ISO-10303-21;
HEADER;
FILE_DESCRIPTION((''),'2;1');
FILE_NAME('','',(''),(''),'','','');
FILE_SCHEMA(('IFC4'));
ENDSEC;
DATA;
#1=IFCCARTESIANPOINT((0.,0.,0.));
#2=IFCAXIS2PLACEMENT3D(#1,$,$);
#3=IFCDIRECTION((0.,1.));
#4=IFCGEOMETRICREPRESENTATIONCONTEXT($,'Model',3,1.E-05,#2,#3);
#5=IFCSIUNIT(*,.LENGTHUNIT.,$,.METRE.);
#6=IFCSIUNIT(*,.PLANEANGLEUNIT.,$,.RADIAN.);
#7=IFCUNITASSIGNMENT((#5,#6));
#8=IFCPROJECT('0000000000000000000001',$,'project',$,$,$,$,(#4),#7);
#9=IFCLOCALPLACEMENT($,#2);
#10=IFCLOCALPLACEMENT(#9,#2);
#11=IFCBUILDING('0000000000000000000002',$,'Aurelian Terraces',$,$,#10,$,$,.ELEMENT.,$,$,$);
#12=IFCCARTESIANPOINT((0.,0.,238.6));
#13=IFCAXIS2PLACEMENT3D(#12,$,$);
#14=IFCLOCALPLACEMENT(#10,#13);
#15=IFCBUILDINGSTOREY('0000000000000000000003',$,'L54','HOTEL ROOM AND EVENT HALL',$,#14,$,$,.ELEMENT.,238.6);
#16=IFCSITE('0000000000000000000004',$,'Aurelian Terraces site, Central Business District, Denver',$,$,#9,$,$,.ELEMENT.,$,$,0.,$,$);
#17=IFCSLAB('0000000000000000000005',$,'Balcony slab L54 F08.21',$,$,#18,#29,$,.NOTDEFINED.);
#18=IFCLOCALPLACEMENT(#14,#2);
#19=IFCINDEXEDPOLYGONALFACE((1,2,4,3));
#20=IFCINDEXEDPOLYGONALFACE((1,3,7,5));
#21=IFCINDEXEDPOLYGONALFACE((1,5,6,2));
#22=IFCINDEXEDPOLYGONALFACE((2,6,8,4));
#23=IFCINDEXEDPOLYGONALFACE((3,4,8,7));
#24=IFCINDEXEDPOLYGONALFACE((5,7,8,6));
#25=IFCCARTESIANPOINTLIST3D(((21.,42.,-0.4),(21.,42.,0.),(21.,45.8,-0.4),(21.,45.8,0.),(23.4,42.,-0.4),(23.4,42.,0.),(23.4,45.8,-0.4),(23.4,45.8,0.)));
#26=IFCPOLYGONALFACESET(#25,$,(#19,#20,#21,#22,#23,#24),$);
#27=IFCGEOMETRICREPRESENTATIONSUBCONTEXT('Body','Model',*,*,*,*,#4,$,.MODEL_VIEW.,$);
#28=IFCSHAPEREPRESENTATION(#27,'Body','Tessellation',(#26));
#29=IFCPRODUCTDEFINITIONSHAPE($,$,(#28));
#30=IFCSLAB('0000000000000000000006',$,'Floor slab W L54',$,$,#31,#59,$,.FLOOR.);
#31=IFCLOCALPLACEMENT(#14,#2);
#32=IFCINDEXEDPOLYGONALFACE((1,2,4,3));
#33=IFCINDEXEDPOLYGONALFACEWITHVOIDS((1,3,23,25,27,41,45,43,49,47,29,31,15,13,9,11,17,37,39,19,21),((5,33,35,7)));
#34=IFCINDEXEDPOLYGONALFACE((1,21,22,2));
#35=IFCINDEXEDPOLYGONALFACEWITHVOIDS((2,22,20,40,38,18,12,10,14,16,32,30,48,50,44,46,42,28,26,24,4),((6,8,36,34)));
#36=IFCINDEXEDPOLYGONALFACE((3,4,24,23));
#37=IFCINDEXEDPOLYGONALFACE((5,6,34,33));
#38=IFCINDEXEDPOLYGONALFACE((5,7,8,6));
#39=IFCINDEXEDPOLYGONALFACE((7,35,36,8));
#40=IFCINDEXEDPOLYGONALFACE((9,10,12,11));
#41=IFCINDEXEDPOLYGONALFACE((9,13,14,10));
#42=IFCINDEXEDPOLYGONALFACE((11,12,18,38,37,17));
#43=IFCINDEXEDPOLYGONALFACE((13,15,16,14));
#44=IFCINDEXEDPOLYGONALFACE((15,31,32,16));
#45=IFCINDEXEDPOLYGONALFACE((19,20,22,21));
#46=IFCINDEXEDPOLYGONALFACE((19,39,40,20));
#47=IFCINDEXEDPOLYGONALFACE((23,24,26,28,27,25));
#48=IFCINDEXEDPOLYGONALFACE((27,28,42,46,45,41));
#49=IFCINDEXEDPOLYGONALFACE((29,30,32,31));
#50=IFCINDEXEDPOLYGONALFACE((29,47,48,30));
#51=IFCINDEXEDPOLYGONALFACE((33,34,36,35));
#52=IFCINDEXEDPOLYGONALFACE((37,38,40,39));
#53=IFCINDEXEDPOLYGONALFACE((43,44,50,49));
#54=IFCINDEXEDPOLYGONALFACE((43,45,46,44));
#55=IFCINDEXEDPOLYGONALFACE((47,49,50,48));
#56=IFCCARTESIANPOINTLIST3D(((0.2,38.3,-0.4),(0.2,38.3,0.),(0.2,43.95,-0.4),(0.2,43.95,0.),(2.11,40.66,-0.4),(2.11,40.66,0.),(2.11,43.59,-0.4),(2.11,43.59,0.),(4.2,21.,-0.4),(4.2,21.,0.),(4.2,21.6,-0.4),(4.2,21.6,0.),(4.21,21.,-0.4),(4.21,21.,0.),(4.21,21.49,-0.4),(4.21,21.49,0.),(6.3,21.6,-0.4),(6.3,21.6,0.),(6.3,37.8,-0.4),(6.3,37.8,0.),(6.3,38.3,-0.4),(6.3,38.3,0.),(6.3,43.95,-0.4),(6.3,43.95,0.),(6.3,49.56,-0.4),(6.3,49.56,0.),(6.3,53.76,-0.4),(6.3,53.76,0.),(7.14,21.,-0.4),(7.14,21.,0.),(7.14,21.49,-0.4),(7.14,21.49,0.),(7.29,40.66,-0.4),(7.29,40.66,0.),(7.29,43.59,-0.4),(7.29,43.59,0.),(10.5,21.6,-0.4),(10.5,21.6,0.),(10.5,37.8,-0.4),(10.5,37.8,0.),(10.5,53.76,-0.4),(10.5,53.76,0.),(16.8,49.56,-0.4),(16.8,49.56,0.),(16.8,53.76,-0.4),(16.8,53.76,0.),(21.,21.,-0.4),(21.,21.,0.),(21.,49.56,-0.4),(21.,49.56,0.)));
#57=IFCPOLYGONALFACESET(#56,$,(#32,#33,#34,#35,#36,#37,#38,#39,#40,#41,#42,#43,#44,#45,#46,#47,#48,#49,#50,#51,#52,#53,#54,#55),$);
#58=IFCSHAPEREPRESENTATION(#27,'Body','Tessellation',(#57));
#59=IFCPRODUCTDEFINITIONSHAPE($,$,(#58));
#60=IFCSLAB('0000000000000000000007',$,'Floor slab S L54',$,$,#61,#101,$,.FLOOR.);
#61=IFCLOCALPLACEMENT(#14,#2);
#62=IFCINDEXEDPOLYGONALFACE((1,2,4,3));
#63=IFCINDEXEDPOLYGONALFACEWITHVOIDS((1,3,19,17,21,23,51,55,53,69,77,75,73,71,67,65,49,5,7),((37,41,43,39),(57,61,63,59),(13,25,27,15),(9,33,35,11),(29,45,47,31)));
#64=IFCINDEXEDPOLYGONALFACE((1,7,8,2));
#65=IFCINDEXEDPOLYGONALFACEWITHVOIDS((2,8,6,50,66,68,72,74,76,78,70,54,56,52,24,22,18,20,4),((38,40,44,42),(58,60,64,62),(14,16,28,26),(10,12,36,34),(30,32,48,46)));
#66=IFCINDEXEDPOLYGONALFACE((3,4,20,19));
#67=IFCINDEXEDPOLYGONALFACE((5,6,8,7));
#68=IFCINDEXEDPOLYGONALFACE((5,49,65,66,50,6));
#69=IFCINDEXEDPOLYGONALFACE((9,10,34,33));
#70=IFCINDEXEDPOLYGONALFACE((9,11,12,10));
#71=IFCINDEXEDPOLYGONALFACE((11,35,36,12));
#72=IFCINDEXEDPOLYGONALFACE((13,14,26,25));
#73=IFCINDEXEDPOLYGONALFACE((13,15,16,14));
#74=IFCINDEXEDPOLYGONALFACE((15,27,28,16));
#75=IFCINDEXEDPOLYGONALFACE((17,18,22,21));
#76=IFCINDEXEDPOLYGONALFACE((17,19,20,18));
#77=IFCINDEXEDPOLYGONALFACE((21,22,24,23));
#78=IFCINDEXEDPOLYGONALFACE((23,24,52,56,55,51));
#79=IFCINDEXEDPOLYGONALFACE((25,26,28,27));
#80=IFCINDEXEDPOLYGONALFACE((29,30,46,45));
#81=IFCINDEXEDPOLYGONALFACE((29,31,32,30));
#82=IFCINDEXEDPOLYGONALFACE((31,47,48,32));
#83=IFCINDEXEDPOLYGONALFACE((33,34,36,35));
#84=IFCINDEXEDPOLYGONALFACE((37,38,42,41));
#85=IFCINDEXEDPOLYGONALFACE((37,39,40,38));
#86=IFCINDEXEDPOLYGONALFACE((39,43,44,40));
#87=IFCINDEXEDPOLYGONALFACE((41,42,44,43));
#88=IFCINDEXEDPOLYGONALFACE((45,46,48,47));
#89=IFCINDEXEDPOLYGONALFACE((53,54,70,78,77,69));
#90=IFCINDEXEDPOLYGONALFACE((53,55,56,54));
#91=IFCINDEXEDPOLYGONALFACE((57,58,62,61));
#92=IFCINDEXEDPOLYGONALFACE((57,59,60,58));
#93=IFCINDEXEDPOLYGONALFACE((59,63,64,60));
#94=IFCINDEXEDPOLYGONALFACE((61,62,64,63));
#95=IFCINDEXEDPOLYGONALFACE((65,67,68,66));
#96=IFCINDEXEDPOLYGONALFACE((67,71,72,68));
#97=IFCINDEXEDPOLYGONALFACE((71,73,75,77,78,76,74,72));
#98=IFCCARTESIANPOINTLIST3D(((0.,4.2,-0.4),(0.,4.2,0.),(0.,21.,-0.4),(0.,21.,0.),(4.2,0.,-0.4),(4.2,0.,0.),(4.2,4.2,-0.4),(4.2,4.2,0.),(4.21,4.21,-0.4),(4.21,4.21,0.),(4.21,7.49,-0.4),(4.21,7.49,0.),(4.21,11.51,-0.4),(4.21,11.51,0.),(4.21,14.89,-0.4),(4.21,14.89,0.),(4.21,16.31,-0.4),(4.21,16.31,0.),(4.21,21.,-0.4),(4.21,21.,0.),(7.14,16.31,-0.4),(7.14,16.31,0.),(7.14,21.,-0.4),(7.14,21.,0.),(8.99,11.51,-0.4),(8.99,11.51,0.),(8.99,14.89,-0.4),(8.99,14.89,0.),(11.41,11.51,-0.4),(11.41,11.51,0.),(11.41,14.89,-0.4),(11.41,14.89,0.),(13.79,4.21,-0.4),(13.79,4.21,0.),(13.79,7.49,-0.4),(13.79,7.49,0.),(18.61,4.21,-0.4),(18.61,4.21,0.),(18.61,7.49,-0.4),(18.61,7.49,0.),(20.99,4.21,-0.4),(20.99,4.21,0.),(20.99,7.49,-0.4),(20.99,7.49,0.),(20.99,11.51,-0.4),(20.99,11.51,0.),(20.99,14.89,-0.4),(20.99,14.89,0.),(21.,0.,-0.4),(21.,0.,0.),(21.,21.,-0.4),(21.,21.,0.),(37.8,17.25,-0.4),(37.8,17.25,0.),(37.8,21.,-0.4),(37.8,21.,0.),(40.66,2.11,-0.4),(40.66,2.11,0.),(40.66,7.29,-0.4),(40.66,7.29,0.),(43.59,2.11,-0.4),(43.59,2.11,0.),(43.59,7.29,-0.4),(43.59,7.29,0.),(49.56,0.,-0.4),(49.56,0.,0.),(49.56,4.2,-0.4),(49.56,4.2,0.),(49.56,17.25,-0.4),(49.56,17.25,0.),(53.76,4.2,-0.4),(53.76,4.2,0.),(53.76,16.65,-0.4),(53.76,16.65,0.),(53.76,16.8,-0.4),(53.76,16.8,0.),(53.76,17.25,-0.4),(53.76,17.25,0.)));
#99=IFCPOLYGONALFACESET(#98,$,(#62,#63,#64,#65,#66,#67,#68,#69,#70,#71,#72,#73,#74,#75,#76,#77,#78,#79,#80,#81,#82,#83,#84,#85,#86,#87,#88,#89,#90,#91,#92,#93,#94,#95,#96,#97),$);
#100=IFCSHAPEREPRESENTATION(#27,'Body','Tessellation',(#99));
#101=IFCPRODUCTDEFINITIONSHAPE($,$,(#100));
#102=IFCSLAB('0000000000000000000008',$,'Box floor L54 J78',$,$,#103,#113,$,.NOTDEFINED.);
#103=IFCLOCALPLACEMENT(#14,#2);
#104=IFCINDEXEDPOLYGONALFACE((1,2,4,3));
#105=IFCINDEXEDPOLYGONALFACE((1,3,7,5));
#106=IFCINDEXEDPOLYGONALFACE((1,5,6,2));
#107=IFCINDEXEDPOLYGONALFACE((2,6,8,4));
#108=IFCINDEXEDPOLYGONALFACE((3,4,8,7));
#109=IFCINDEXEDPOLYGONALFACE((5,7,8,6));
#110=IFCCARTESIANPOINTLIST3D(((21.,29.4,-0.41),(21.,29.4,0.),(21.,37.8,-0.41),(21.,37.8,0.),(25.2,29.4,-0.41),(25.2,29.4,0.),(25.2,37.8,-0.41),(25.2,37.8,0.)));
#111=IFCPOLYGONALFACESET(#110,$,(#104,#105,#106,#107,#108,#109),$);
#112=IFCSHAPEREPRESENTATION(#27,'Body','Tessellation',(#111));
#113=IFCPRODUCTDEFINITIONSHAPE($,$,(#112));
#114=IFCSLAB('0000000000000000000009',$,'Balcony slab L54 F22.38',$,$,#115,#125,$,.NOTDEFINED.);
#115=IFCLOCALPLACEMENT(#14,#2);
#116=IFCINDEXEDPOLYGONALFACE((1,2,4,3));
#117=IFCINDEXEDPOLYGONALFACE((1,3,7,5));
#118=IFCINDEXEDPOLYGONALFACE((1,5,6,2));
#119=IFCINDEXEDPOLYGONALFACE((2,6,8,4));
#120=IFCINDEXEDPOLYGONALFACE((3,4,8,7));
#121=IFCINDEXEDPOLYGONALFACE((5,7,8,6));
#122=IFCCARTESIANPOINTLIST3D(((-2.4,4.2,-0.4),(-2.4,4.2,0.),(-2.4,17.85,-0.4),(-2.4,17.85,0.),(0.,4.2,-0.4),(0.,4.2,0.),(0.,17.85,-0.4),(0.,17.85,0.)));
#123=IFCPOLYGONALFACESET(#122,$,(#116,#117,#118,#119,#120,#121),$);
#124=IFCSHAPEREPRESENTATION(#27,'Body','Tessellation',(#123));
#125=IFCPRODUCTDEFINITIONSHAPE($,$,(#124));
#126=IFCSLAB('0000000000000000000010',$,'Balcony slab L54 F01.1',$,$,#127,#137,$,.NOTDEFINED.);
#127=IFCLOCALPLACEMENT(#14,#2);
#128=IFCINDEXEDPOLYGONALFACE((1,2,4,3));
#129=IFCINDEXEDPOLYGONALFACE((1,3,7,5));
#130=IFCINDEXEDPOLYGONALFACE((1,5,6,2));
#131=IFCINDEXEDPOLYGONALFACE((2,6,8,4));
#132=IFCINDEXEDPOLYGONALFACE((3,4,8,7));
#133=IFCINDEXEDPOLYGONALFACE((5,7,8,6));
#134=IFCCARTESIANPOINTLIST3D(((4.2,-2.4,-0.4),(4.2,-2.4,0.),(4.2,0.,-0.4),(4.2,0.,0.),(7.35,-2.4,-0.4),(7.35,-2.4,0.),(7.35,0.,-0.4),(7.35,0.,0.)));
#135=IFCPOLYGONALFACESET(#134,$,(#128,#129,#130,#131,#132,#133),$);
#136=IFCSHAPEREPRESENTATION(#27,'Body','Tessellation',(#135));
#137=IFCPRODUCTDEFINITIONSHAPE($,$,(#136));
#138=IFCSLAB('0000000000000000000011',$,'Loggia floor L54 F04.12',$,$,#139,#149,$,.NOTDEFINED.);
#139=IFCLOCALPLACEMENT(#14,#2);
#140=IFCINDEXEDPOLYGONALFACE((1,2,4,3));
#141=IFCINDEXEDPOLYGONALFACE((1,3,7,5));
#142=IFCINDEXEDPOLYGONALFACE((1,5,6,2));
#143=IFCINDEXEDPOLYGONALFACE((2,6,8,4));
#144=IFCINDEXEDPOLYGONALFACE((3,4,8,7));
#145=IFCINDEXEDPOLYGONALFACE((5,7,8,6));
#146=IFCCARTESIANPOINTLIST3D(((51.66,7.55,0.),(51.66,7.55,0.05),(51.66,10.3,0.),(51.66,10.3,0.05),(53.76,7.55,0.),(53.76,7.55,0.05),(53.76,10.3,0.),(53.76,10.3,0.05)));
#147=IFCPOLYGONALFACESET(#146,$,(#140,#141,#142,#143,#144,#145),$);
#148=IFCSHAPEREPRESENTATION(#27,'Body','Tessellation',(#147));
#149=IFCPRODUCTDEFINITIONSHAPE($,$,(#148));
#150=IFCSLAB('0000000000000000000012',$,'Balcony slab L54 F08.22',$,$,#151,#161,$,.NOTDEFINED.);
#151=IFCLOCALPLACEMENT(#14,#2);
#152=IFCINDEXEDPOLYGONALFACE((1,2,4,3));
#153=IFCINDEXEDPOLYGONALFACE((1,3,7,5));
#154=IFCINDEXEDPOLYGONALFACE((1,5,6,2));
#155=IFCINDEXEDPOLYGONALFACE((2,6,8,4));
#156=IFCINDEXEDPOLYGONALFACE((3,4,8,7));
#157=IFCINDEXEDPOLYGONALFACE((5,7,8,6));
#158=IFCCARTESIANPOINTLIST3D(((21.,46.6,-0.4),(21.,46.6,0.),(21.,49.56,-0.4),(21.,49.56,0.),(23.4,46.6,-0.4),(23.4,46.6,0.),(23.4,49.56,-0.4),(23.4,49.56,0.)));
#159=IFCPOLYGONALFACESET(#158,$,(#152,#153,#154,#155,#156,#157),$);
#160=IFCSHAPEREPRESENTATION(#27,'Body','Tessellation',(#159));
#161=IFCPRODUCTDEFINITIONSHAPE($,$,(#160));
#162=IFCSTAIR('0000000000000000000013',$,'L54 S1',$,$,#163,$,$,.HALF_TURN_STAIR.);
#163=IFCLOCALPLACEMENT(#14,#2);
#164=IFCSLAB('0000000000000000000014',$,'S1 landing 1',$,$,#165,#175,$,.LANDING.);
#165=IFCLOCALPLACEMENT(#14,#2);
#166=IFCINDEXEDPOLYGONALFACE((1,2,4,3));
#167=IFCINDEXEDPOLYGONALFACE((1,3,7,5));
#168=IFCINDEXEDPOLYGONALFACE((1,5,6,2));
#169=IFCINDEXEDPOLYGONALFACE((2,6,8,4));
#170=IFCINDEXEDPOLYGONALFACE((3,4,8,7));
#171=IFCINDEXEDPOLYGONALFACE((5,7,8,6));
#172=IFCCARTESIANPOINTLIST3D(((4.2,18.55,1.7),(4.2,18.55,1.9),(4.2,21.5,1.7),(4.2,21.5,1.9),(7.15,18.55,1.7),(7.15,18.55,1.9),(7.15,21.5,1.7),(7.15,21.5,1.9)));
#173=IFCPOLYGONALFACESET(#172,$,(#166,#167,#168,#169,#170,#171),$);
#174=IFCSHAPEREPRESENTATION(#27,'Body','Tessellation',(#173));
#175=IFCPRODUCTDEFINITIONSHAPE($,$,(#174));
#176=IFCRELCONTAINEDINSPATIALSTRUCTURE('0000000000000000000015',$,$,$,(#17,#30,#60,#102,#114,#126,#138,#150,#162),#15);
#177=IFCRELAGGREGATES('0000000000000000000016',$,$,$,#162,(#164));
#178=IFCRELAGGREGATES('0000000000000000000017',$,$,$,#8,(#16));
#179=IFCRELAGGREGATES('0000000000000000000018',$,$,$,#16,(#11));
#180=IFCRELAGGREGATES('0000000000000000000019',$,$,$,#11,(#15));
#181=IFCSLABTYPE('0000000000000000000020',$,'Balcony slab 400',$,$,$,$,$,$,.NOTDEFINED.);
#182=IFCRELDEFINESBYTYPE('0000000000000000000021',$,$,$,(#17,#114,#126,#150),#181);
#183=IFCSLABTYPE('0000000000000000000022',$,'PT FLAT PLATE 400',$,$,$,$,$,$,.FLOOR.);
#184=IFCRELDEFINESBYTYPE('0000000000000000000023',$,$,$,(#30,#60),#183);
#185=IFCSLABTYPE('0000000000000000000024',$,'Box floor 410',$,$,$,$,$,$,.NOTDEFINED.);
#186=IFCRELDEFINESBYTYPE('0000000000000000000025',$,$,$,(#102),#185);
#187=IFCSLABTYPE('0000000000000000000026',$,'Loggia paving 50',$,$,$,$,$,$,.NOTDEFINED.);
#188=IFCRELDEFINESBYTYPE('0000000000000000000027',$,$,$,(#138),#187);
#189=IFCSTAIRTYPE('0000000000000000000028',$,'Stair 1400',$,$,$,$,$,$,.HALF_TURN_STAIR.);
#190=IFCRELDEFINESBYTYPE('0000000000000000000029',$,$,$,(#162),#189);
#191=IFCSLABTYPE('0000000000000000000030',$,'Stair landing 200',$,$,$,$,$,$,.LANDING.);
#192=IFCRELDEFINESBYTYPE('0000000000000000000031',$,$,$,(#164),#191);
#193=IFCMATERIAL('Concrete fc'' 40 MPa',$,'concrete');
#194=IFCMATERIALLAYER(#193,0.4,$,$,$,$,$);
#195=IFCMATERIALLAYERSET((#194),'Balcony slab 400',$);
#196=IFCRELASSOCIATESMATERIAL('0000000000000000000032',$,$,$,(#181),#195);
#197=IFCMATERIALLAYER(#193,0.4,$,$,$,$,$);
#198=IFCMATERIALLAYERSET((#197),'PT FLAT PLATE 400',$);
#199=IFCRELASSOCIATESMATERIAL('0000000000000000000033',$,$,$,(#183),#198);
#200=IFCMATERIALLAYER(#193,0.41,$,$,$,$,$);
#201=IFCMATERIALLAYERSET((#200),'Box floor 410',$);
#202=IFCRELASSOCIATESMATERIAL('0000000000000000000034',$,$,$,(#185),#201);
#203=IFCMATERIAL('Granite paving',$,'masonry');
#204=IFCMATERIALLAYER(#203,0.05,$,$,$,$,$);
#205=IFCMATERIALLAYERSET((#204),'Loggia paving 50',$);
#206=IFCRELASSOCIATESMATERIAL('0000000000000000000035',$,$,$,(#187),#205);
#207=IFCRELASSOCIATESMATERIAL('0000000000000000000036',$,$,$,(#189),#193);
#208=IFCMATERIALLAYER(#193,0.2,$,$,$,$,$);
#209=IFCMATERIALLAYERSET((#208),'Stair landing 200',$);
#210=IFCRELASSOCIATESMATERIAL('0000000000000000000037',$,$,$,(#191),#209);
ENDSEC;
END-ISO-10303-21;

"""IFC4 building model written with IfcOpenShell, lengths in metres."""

from ifc_helpers import new_model, si_unit, direction, frame, origin, place, context, subcontext, project, spatial, polyline, outline, extrude, source, transform, mapped, material, layer, layer_set, type_object, element, aggregate, save


model = new_model("IFC4")

# Units and contexts
model_context = context("Model", 3, precision=1e-05, world=origin(), true_north=direction((0.0, 1.0)))
body_context = subcontext(model_context, "Body", "Model", "MODEL_VIEW")
ifc_project = project(units=[si_unit("LENGTHUNIT", "METRE"), si_unit("PLANEANGLEUNIT", "RADIAN")], contexts=[model_context])

# Site, building, storey
site_placement = place(None, origin())
site = spatial("IfcSite", under=ifc_project, at=site_placement, Name="Aurelian Terraces site, Central Business District, Denver", CompositionType="ELEMENT", RefElevation=0.0)
building_placement = place(site_placement, origin())
building = spatial("IfcBuilding", under=site, at=building_placement, Name="Aurelian Terraces", CompositionType="ELEMENT")
storey_placement = place(building_placement, frame((0.0, 0.0, 238.6)))
storey = spatial("IfcBuildingStorey", under=building, at=storey_placement, Name="L54", Description="HOTEL ROOM AND EVENT HALL", CompositionType="ELEMENT", Elevation=238.6)

# Slabs
ifc_material_1 = material(Name="Concrete fc' 40 MPa", Category="concrete")
ifc_layer_1 = layer(ifc_material_1, 0.4)
ifc_layer_set_1 = layer_set([ifc_layer_1], Name="Balcony slab 400")
slab_type_1 = type_object("IfcSlabType", Name="Balcony slab 400", PredefinedType="NOTDEFINED", material=ifc_layer_set_1)
slab_1_placement = place(storey_placement, frame((0.0, 0.0, -0.4)))
element("IfcSlab", 1, at=slab_1_placement, inside=storey, type_object=slab_type_1, Name="Balcony slab L54 F08.21", PredefinedType="NOTDEFINED", context=body_context, shape_type="SweptSolid", body=[
    extrude(outline(polyline([(21.0, 42.0), (21.0, 45.8), (23.4, 45.8), (23.4, 42.0), (21.0, 42.0)])), origin(), (0.0, 0.0, 1.0), 0.4),
])
ifc_layer_2 = layer(ifc_material_1, 0.4)
ifc_layer_set_2 = layer_set([ifc_layer_2], Name="PT FLAT PLATE 400")
slab_type_2 = type_object("IfcSlabType", Name="PT FLAT PLATE 400", PredefinedType="FLOOR", material=ifc_layer_set_2)
shared_shape_1 = source(origin(), body_context, "Body", "SweptSolid", [
    extrude(outline(polyline([(6.3, 43.95), (6.3, 49.56), (6.3, 53.76), (10.5, 53.76), (16.8, 53.76), (16.8, 49.56), (21.0, 49.56), (21.0, 21.0), (7.14, 21.0), (7.14, 21.49), (4.21, 21.49), (4.21, 21.0), (4.2, 21.0), (4.2, 21.6), (6.3, 21.6), (10.5, 21.6), (10.5, 37.8), (6.3, 37.8), (6.3, 38.3), (0.2, 38.3), (0.2, 43.95), (6.3, 43.95)]), holes=[polyline([(7.29, 43.59), (2.11, 43.59), (2.11, 40.66), (7.29, 40.66), (7.29, 43.59)])]), origin(), (0.0, 0.0, 1.0), 0.4),
])
slab_2_placement = place(storey_placement, frame((0.0, 0.0, -0.4)))
element("IfcSlab", 2, at=slab_2_placement, inside=storey, type_object=slab_type_2, Name="Floor slab W L54", PredefinedType="FLOOR", context=body_context, shape_type="MappedRepresentation", body=[
    mapped(shared_shape_1, transform((0.0, 0.0, 0.0), scale=1.0)),
])
shared_shape_2 = source(origin(), body_context, "Body", "SweptSolid", [
    extrude(outline(polyline([(53.76, 4.2), (49.56, 4.2), (49.56, 0.0), (21.0, 0.0), (4.2, 0.0), (4.2, 4.2), (0.0, 4.2), (0.0, 21.0), (4.21, 21.0), (4.21, 16.31), (7.14, 16.31), (7.14, 21.0), (21.0, 21.0), (37.8, 21.0), (37.8, 17.25), (49.56, 17.25), (53.76, 17.25), (53.76, 16.8), (53.76, 16.65), (53.76, 4.2)]), holes=[polyline([(40.66, 2.11), (43.59, 2.11), (43.59, 7.29), (40.66, 7.29), (40.66, 2.11)]), polyline([(18.61, 7.49), (18.61, 4.21), (20.99, 4.21), (20.99, 7.49), (18.61, 7.49)]), polyline([(20.99, 14.89), (11.41, 14.89), (11.41, 11.51), (20.99, 11.51), (20.99, 14.89)]), polyline([(4.21, 7.49), (4.21, 4.21), (13.79, 4.21), (13.79, 7.49), (4.21, 7.49)]), polyline([(4.21, 14.89), (4.21, 11.51), (8.99, 11.51), (8.99, 14.89), (4.21, 14.89)])]), origin(), (0.0, 0.0, 1.0), 0.4),
])
slab_3_placement = place(storey_placement, frame((0.0, 0.0, -0.4)))
element("IfcSlab", 3, at=slab_3_placement, inside=storey, type_object=slab_type_2, Name="Floor slab S L54", PredefinedType="FLOOR", context=body_context, shape_type="MappedRepresentation", body=[
    mapped(shared_shape_2, transform((0.0, 0.0, 0.0), scale=1.0)),
])
ifc_layer_3 = layer(ifc_material_1, 0.41)
ifc_layer_set_3 = layer_set([ifc_layer_3], Name="Box floor 410")
slab_type_3 = type_object("IfcSlabType", Name="Box floor 410", PredefinedType="NOTDEFINED", material=ifc_layer_set_3)
shared_shape_3 = source(origin(), body_context, "Body", "SweptSolid", [
    extrude(outline(polyline([(25.2, 29.4), (25.2, 37.8), (21.0, 37.8), (21.0, 29.4), (25.2, 29.4)])), origin(), (0.0, 0.0, 1.0), 0.41),
])
slab_4_placement = place(storey_placement, frame((0.0, 0.0, -0.41)))
element("IfcSlab", 4, at=slab_4_placement, inside=storey, type_object=slab_type_3, Name="Box floor L54 J78", PredefinedType="NOTDEFINED", context=body_context, shape_type="MappedRepresentation", body=[
    mapped(shared_shape_3, transform((0.0, 0.0, 0.0), scale=1.0)),
])
shared_shape_4 = source(origin(), body_context, "Body", "SweptSolid", [
    extrude(outline(polyline([(0.0, 17.85), (0.0, 4.2), (-2.4, 4.2), (-2.4, 17.85), (0.0, 17.85)])), origin(), (0.0, 0.0, 1.0), 0.4),
])
slab_5_placement = place(storey_placement, frame((0.0, 0.0, -0.4)))
element("IfcSlab", 5, at=slab_5_placement, inside=storey, type_object=slab_type_1, Name="Balcony slab L54 F22.38", PredefinedType="NOTDEFINED", context=body_context, shape_type="MappedRepresentation", body=[
    mapped(shared_shape_4, transform((0.0, 0.0, 0.0), scale=1.0)),
])
shared_shape_5 = source(origin(), body_context, "Body", "SweptSolid", [
    extrude(outline(polyline([(4.2, 0.0), (7.35, 0.0), (7.35, -2.4), (4.2, -2.4), (4.2, 0.0)])), origin(), (0.0, 0.0, 1.0), 0.4),
])
slab_6_placement = place(storey_placement, frame((0.0, 0.0, -0.4)))
element("IfcSlab", 6, at=slab_6_placement, inside=storey, type_object=slab_type_1, Name="Balcony slab L54 F01.1", PredefinedType="NOTDEFINED", context=body_context, shape_type="MappedRepresentation", body=[
    mapped(shared_shape_5, transform((0.0, 0.0, 0.0), scale=1.0)),
])
ifc_material_2 = material(Name="Granite paving", Category="masonry")
ifc_layer_4 = layer(ifc_material_2, 0.05)
ifc_layer_set_4 = layer_set([ifc_layer_4], Name="Loggia paving 50")
slab_type_4 = type_object("IfcSlabType", Name="Loggia paving 50", PredefinedType="NOTDEFINED", material=ifc_layer_set_4)
shared_shape_6 = source(origin(), body_context, "Body", "SweptSolid", [
    extrude(outline(polyline([(53.76, 7.55), (53.76, 10.3), (51.66, 10.3), (51.66, 7.55), (53.76, 7.55)])), origin(), (0.0, 0.0, 1.0), 0.05),
])
slab_7_placement = place(storey_placement, origin())
element("IfcSlab", 7, at=slab_7_placement, inside=storey, type_object=slab_type_4, Name="Loggia floor L54 F04.12", PredefinedType="NOTDEFINED", context=body_context, shape_type="MappedRepresentation", body=[
    mapped(shared_shape_6, transform((0.0, 0.0, 0.0), scale=1.0)),
])
shared_shape_7 = source(origin(), body_context, "Body", "SweptSolid", [
    extrude(outline(polyline([(21.0, 46.6), (21.0, 49.56), (23.4, 49.56), (23.4, 46.6), (21.0, 46.6)])), origin(), (0.0, 0.0, 1.0), 0.4),
])
slab_8_placement = place(storey_placement, frame((0.0, 0.0, -0.4)))
element("IfcSlab", 8, at=slab_8_placement, inside=storey, type_object=slab_type_1, Name="Balcony slab L54 F08.22", PredefinedType="NOTDEFINED", context=body_context, shape_type="MappedRepresentation", body=[
    mapped(shared_shape_7, transform((0.0, 0.0, 0.0), scale=1.0)),
])

# Stair, slab
stair_type = type_object("IfcStairType", Name="Stair 1400", PredefinedType="HALF_TURN_STAIR", material=ifc_material_1)
stair_1_placement = place(storey_placement, origin())
stair_1 = element("IfcStair", 9, at=stair_1_placement, inside=storey, type_object=stair_type, Name="L54 S1", PredefinedType="HALF_TURN_STAIR")
ifc_layer_5 = layer(ifc_material_1, 0.2)
ifc_layer_set_5 = layer_set([ifc_layer_5], Name="Stair landing 200")
slab_type_5 = type_object("IfcSlabType", Name="Stair landing 200", PredefinedType="LANDING", material=ifc_layer_set_5)
shared_shape_8 = source(origin(), body_context, "Body", "SweptSolid", [
    extrude(outline(polyline([(7.15, 18.55), (7.15, 21.5), (4.2, 21.5), (4.2, 18.55), (7.15, 18.55)])), origin(), (0.0, 0.0, 1.0), 0.2),
])
slab_9_placement = place(storey_placement, frame((0.0, 0.0, 1.7)))
slab_9 = element("IfcSlab", 10, at=slab_9_placement, type_object=slab_type_5, Name="S1 landing 1", PredefinedType="LANDING", context=body_context, shape_type="MappedRepresentation", body=[
    mapped(shared_shape_8, transform((0.0, 0.0, 0.0), scale=1.0)),
])
aggregate(stair_1, [slab_9])

save(model, "model.ifc")
